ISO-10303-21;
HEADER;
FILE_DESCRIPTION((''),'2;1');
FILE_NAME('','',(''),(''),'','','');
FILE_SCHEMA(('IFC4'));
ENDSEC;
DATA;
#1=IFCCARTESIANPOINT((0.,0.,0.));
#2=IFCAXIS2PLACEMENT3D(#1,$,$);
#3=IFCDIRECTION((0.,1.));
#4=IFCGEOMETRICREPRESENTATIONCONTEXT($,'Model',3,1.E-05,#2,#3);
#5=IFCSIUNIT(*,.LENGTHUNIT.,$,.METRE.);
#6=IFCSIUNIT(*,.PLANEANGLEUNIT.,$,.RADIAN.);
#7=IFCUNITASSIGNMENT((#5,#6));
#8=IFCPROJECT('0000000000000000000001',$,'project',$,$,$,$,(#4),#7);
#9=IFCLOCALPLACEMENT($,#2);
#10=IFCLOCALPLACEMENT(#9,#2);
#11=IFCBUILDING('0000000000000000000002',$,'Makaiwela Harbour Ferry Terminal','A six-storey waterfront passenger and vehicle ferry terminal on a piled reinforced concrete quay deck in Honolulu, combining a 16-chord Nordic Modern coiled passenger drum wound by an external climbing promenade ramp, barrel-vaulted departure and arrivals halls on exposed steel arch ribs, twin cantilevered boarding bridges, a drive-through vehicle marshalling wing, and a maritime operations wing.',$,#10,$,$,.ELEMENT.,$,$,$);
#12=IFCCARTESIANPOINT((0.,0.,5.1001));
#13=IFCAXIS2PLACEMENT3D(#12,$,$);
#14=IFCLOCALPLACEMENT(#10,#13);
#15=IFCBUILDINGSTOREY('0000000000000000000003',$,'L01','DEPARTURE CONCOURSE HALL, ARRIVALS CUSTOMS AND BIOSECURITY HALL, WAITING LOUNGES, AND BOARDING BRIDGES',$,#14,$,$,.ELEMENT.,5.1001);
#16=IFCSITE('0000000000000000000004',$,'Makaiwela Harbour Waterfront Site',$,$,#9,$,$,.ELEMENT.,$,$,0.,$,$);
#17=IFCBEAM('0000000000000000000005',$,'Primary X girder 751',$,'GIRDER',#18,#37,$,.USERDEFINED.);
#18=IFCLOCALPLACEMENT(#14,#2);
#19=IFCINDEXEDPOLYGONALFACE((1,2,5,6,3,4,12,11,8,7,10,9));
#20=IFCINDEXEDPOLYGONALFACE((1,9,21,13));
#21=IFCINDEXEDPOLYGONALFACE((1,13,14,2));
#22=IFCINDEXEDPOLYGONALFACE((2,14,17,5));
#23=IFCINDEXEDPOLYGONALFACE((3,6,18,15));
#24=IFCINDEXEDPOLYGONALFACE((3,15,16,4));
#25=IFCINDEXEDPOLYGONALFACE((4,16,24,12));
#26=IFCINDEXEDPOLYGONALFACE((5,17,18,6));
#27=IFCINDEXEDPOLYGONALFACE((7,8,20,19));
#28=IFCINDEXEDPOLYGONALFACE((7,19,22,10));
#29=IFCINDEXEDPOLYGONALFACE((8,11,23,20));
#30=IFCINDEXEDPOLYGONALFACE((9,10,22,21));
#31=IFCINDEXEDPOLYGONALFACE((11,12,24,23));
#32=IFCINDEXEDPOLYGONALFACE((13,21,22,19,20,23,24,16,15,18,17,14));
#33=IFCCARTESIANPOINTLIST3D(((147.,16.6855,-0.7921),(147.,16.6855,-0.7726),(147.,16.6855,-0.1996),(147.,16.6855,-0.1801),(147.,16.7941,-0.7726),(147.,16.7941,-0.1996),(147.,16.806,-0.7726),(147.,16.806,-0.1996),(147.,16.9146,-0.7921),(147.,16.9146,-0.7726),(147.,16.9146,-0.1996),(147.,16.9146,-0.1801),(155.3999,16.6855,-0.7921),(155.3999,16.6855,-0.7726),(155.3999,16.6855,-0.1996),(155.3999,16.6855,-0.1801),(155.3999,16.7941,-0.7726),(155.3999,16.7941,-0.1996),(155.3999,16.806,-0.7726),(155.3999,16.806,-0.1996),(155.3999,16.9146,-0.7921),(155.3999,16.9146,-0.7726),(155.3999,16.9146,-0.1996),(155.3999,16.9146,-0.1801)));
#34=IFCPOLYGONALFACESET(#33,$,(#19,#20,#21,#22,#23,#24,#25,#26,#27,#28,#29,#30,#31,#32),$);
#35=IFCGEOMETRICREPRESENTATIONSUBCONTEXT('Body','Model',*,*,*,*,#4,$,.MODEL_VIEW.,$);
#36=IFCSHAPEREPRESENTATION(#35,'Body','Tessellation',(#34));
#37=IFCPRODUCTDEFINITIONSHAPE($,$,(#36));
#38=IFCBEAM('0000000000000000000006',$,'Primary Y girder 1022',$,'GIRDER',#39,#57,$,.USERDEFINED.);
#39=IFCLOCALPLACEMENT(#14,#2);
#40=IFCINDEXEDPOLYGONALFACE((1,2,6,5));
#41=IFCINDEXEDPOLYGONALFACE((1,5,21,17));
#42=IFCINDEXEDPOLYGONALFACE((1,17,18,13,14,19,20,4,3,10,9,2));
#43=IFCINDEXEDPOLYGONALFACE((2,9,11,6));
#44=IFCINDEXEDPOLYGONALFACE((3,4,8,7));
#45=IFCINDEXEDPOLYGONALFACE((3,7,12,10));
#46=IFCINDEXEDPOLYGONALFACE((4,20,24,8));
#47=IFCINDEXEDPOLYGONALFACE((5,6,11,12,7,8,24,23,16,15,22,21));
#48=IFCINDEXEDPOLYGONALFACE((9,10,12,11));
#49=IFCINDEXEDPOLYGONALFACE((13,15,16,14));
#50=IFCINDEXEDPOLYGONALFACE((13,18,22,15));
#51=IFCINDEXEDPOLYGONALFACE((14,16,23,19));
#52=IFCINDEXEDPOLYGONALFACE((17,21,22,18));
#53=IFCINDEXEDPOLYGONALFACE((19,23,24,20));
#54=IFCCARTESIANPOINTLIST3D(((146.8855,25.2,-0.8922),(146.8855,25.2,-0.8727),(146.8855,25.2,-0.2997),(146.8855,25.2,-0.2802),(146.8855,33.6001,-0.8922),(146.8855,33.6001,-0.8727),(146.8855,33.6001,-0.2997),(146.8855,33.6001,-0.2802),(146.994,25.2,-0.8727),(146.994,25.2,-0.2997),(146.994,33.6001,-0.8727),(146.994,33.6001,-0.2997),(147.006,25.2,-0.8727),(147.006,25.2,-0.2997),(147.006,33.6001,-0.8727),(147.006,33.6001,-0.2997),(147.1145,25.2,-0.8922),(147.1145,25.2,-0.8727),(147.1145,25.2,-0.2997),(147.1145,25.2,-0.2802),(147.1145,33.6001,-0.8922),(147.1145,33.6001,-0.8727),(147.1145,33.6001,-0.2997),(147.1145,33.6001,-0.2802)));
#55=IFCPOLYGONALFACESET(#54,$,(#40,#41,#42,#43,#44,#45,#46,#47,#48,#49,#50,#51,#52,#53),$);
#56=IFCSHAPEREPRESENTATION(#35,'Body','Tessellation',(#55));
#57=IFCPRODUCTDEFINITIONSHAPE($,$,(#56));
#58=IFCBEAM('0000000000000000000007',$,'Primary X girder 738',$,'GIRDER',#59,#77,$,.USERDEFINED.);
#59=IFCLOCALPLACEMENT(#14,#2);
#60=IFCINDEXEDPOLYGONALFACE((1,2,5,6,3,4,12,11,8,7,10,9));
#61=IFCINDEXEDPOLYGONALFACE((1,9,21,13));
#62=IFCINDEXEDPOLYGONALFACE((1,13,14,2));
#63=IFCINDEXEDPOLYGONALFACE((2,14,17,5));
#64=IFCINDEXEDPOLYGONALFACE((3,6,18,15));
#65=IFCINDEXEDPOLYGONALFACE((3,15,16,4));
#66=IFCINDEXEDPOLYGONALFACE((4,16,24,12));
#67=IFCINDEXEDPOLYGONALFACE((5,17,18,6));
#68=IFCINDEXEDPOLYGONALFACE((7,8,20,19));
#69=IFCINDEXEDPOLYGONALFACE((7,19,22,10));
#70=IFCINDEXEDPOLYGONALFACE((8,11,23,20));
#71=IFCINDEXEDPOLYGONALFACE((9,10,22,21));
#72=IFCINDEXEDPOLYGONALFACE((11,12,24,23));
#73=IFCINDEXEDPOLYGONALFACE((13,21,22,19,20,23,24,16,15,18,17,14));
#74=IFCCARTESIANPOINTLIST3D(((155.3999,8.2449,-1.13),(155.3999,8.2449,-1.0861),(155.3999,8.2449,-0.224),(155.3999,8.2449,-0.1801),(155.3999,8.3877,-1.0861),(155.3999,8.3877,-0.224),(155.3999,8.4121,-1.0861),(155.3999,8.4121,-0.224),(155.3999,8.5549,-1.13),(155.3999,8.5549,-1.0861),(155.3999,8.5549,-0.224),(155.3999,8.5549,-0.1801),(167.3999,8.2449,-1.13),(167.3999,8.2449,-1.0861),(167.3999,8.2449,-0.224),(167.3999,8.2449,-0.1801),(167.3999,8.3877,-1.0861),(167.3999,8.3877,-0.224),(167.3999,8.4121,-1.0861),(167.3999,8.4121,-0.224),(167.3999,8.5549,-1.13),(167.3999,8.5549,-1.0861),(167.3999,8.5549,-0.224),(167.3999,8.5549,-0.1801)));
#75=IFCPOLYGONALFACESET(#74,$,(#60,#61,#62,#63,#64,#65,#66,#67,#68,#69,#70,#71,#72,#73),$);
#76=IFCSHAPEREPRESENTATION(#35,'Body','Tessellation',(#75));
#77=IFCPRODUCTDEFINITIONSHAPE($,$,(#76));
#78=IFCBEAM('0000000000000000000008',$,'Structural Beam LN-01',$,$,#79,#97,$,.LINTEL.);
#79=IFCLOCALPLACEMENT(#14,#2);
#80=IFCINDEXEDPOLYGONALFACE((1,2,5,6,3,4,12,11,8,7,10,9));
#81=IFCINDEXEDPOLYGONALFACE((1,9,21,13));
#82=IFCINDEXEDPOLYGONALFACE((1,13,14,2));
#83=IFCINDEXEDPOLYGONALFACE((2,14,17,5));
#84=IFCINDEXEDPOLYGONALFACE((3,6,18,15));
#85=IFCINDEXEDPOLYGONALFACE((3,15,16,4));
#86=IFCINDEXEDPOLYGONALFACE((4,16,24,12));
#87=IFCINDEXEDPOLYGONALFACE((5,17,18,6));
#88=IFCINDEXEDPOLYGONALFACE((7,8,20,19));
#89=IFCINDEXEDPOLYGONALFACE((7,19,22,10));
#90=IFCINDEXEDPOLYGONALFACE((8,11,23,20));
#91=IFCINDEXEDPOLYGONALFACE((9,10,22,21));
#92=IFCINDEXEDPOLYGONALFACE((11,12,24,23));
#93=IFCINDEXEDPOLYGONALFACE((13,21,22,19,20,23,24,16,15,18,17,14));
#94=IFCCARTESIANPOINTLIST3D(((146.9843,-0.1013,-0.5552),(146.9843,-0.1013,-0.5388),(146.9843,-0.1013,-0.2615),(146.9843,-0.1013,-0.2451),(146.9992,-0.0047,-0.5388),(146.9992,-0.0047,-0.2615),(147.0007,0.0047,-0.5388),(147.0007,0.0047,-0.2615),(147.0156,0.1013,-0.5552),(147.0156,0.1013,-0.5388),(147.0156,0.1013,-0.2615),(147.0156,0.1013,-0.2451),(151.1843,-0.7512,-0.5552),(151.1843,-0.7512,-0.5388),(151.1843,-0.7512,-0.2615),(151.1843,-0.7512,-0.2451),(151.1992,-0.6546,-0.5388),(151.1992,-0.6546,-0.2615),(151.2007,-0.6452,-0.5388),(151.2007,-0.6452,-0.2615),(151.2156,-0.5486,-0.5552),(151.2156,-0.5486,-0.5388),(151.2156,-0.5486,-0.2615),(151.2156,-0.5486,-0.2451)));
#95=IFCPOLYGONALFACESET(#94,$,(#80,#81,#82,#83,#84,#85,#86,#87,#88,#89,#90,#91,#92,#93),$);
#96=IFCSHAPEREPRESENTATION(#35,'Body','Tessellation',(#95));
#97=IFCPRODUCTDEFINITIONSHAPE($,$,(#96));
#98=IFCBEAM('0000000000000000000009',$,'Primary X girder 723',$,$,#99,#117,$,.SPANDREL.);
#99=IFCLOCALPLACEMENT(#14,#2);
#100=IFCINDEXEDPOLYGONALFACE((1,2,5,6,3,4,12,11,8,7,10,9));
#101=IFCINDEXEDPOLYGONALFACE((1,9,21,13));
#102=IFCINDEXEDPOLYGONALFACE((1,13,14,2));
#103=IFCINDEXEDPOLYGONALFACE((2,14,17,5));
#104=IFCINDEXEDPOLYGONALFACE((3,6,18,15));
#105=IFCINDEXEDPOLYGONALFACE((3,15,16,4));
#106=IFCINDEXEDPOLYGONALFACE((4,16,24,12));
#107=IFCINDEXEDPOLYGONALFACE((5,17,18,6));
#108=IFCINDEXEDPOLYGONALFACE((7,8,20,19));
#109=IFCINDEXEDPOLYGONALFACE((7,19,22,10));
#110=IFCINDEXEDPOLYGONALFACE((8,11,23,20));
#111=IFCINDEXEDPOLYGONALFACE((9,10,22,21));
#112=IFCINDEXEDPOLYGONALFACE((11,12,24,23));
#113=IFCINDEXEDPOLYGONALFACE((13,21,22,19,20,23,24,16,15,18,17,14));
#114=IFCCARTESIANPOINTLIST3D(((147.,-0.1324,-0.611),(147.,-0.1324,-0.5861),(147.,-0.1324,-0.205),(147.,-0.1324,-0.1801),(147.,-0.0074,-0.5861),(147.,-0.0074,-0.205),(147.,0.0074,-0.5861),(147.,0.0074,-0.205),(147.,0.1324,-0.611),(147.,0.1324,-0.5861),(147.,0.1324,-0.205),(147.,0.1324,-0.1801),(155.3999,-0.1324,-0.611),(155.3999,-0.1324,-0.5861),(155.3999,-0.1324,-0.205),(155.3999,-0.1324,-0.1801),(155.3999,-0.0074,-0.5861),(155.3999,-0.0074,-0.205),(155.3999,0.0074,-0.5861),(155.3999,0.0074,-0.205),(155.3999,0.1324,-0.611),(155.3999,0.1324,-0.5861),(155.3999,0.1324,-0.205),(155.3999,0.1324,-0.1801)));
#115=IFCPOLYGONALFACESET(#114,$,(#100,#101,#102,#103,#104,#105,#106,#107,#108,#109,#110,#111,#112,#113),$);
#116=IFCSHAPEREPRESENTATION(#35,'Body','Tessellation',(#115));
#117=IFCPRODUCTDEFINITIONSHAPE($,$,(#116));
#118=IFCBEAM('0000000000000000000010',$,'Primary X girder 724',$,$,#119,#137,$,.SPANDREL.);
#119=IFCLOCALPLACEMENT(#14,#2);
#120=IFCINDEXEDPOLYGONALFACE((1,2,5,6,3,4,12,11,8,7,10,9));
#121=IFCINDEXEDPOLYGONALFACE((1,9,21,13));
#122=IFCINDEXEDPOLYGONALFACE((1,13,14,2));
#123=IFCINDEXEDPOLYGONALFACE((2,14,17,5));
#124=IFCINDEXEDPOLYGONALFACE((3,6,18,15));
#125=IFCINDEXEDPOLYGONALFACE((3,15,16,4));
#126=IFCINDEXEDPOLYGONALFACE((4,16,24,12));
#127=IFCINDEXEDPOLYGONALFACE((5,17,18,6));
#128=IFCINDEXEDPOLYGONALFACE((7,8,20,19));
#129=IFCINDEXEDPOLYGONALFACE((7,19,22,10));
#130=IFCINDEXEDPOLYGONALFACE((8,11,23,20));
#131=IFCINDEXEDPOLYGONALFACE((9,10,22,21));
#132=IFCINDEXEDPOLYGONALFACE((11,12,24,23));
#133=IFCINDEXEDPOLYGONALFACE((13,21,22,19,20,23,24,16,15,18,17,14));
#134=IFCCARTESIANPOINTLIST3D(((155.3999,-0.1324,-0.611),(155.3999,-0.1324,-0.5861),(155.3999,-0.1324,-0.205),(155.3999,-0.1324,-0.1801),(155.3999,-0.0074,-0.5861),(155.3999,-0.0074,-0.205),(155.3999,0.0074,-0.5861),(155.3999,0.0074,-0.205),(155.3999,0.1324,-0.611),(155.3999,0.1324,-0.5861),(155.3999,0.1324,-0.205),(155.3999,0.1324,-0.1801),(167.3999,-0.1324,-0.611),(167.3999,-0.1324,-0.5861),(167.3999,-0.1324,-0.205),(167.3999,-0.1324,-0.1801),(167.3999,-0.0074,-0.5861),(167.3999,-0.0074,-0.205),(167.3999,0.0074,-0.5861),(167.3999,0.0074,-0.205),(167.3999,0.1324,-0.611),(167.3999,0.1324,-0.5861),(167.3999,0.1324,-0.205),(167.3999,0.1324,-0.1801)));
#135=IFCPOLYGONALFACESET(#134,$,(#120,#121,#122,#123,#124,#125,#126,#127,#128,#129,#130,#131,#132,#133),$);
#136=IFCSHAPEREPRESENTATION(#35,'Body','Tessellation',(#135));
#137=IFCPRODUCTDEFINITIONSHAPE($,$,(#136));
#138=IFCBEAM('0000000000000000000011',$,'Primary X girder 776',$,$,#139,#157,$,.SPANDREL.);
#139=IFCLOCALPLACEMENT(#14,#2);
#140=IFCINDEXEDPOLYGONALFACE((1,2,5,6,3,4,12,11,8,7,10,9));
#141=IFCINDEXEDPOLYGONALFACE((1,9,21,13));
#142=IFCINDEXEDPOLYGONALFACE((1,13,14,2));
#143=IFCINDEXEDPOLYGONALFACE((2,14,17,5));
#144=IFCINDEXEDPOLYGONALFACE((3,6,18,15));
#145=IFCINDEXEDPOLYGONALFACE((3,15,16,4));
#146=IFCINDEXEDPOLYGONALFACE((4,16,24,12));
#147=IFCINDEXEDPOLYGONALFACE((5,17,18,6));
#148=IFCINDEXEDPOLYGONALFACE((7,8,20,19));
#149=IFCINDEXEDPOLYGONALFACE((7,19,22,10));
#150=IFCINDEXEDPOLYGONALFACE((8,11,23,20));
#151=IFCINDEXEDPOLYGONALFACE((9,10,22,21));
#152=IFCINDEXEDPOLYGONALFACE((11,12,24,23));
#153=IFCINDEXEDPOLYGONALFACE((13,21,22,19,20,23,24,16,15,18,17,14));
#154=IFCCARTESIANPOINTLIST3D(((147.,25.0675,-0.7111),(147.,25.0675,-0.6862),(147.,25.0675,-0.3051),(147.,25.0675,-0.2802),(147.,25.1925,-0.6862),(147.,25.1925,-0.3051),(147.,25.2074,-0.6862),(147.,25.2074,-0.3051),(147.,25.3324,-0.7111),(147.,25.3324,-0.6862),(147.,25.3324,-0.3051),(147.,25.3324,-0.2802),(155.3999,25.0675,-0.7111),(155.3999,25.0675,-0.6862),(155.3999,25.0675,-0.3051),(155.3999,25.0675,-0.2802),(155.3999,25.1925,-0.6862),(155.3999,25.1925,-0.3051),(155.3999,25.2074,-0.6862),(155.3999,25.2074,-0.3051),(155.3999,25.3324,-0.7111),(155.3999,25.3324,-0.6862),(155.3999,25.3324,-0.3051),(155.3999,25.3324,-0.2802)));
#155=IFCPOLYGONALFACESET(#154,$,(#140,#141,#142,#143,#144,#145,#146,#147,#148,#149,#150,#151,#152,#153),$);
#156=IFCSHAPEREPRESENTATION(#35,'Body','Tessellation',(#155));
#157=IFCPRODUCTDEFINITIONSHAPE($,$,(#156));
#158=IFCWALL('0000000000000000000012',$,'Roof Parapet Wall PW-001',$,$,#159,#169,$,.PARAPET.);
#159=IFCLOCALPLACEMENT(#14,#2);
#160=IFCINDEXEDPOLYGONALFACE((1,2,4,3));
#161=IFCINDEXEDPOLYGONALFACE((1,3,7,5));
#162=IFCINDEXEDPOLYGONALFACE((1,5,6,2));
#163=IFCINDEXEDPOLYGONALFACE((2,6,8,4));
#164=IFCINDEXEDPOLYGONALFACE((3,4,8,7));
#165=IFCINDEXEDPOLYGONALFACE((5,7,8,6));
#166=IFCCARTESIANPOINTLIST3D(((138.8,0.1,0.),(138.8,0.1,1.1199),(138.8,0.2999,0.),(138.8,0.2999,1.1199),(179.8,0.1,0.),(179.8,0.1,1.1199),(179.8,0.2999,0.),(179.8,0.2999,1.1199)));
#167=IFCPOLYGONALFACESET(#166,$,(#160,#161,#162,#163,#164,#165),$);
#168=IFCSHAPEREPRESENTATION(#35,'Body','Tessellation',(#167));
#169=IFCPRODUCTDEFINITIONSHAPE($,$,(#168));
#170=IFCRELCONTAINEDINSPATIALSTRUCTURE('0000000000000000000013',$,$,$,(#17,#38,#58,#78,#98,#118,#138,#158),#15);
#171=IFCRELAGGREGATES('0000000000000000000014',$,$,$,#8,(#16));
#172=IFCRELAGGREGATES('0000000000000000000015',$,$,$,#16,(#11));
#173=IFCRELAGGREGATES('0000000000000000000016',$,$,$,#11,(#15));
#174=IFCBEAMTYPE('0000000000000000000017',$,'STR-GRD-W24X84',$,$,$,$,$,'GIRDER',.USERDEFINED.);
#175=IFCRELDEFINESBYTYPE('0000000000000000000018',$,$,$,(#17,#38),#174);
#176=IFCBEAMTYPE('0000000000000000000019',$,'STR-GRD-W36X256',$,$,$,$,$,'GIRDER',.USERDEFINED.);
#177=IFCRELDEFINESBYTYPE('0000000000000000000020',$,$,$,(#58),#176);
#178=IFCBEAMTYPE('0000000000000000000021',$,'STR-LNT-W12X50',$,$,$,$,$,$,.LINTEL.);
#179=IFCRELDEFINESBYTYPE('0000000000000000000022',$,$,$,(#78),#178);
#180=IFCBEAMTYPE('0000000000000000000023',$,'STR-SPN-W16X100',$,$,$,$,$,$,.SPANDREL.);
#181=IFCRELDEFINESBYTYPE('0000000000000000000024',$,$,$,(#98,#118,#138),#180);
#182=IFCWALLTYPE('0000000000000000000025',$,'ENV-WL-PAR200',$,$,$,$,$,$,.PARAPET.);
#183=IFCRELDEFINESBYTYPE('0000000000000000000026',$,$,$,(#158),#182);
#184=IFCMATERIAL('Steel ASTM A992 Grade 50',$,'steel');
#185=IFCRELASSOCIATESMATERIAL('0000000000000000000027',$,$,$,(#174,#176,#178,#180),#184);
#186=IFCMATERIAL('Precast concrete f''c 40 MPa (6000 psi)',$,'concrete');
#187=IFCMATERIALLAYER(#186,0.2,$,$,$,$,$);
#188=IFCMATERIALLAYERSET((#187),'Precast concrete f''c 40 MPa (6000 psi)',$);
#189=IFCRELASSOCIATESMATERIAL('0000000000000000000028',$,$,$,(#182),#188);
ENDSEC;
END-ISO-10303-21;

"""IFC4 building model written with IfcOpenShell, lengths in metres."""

from ifc_helpers import new_model, si_unit, direction, frame, frame_2d, origin, origin_2d, place, context, subcontext, project, spatial, rectangle, i_section, extrude, material, layer, layer_set, material_profile, profile_set, type_object, element, save


model = new_model("IFC4")

# Units and contexts
model_context = context("Model", 3, precision=1e-05, world=origin(), true_north=direction((0.0, 1.0)))
body_context = subcontext(model_context, "Body", "Model", "MODEL_VIEW")
ifc_project = project(units=[si_unit("LENGTHUNIT", "METRE"), si_unit("PLANEANGLEUNIT", "RADIAN")], contexts=[model_context])

# Site, building, storey
site_placement = place(None, origin())
site = spatial("IfcSite", under=ifc_project, at=site_placement, Name="Makaiwela Harbour Waterfront Site", CompositionType="ELEMENT", RefElevation=0.0)
building_placement = place(site_placement, origin())
building = spatial("IfcBuilding", under=site, at=building_placement, Name="Makaiwela Harbour Ferry Terminal", Description="A six-storey waterfront passenger and vehicle ferry terminal on a piled reinforced concrete quay deck in Honolulu, combining a 16-chord Nordic Modern coiled passenger drum wound by an external climbing promenade ramp, barrel-vaulted departure and arrivals halls on exposed steel arch ribs, twin cantilevered boarding bridges, a drive-through vehicle marshalling wing, and a maritime operations wing.", CompositionType="ELEMENT")
storey_placement = place(building_placement, frame((0.0, 0.0, 5.1001)))
storey = spatial("IfcBuildingStorey", under=building, at=storey_placement, Name="L01", Description="DEPARTURE CONCOURSE HALL, ARRIVALS CUSTOMS AND BIOSECURITY HALL, WAITING LOUNGES, AND BOARDING BRIDGES", CompositionType="ELEMENT", Elevation=5.1001)

# Shared definitions
ifc_material_1 = material(Name="Steel ASTM A992 Grade 50", Category="steel")

# Beams
ifc_material_profile_1 = material_profile(ifc_material_1, i_section(OverallWidth=0.229, OverallDepth=0.6121, WebThickness=0.012, FlangeThickness=0.0195, at=origin_2d()), Name="W24X84")
ifc_profile_set_1 = profile_set([ifc_material_profile_1], Name="Steel ASTM A992 Grade 50")
beam_type_1 = type_object("IfcBeamType", Name="STR-GRD-W24X84", ElementType="GIRDER", PredefinedType="USERDEFINED", material=ifc_profile_set_1)
for number, where, z_axis, x_axis, name in (
    (1, (147.0, 16.8, -0.4861), (1.0, 0.0, 0.0), (0.0, 1.0, 0.0), "Primary X girder 751"),
):
    element("IfcBeam", number, at=place(storey_placement, frame(where, z_axis=z_axis, x_axis=x_axis)), inside=storey, type_object=beam_type_1, Name=name, ObjectType="GIRDER", PredefinedType="USERDEFINED", context=body_context, shape_type="SweptSolid", body=[
        extrude(i_section(OverallWidth=0.229, OverallDepth=0.6121, WebThickness=0.012, FlangeThickness=0.0195, at=origin_2d()), origin(), (0.0, 0.0, 1.0), 8.3999),
    ])
beam_1_placement = place(storey_placement, frame((147.0, 25.2, -0.5862), z_axis=(0.0, 1.0, 0.0), x_axis=(-1.0, 0.0, 0.0)))
element("IfcBeam", 2, at=beam_1_placement, inside=storey, type_object=beam_type_1, Name="Primary Y girder 1022", ObjectType="GIRDER", PredefinedType="USERDEFINED", context=body_context, shape_type="SweptSolid", body=[
    extrude(i_section(OverallWidth=0.229, OverallDepth=0.6121, WebThickness=0.012, FlangeThickness=0.0195, at=origin_2d()), origin(), (0.0, 0.0, 1.0), 8.4001),
])
ifc_material_profile_2 = material_profile(ifc_material_1, i_section(OverallWidth=0.3101, OverallDepth=0.95, WebThickness=0.0244, FlangeThickness=0.0439, at=origin_2d()), Name="W36X256")
ifc_profile_set_2 = profile_set([ifc_material_profile_2], Name="Steel ASTM A992 Grade 50")
beam_type_2 = type_object("IfcBeamType", Name="STR-GRD-W36X256", ElementType="GIRDER", PredefinedType="USERDEFINED", material=ifc_profile_set_2)
beam_2_placement = place(storey_placement, frame((155.3999, 8.3999, -0.655), z_axis=(1.0, 0.0, 0.0), x_axis=(0.0, 1.0, 0.0)))
element("IfcBeam", 3, at=beam_2_placement, inside=storey, type_object=beam_type_2, Name="Primary X girder 738", ObjectType="GIRDER", PredefinedType="USERDEFINED", context=body_context, shape_type="SweptSolid", body=[
    extrude(i_section(OverallWidth=0.3101, OverallDepth=0.95, WebThickness=0.0244, FlangeThickness=0.0439, at=origin_2d()), origin(), (0.0, 0.0, 1.0), 12.0),
])
ifc_material_profile_3 = material_profile(ifc_material_1, i_section(OverallWidth=0.2051, OverallDepth=0.3101, WebThickness=0.0095, FlangeThickness=0.0164, at=origin_2d()), Name="W12X50")
ifc_profile_set_3 = profile_set([ifc_material_profile_3], Name="Steel ASTM A992 Grade 50")
beam_type_3 = type_object("IfcBeamType", Name="STR-LNT-W12X50", PredefinedType="LINTEL", material=ifc_profile_set_3)
beam_3_placement = place(storey_placement, frame((151.2, -0.6499, -0.4001), z_axis=(-0.988238, 0.15292, 0.0), x_axis=(-0.15292, -0.988238, 0.0)))
element("IfcBeam", 4, at=beam_3_placement, inside=storey, type_object=beam_type_3, Name="Structural Beam LN-01", PredefinedType="LINTEL", context=body_context, shape_type="SweptSolid", body=[
    extrude(i_section(OverallWidth=0.2051, OverallDepth=0.3101, WebThickness=0.0095, FlangeThickness=0.0164, at=origin_2d()), origin(), (0.0, 0.0, 1.0), 4.25),
])
ifc_material_profile_4 = material_profile(ifc_material_1, i_section(OverallWidth=0.2649, OverallDepth=0.4309, WebThickness=0.0149, FlangeThickness=0.0249, at=origin_2d()), Name="W16X100")
ifc_profile_set_4 = profile_set([ifc_material_profile_4], Name="Steel ASTM A992 Grade 50")
beam_type_4 = type_object("IfcBeamType", Name="STR-SPN-W16X100", PredefinedType="SPANDREL", material=ifc_profile_set_4)
beam_4_placement = place(storey_placement, frame((147.0, 0.0, -0.3955), z_axis=(1.0, 0.0, 0.0), x_axis=(0.0, 1.0, 0.0)))
element("IfcBeam", 5, at=beam_4_placement, inside=storey, type_object=beam_type_4, Name="Primary X girder 723", PredefinedType="SPANDREL", context=body_context, shape_type="SweptSolid", body=[
    extrude(i_section(OverallWidth=0.2649, OverallDepth=0.4309, WebThickness=0.0149, FlangeThickness=0.0249, at=origin_2d()), origin(), (0.0, 0.0, 1.0), 8.3999),
])
beam_5_placement = place(storey_placement, frame((155.3999, 0.0, -0.3955), z_axis=(1.0, 0.0, 0.0), x_axis=(0.0, 1.0, 0.0)))
element("IfcBeam", 6, at=beam_5_placement, inside=storey, type_object=beam_type_4, Name="Primary X girder 724", PredefinedType="SPANDREL", context=body_context, shape_type="SweptSolid", body=[
    extrude(i_section(OverallWidth=0.2649, OverallDepth=0.4309, WebThickness=0.0149, FlangeThickness=0.0249, at=origin_2d()), origin(), (0.0, 0.0, 1.0), 12.0),
])
beam_6_placement = place(storey_placement, frame((147.0, 25.2, -0.4956), z_axis=(1.0, 0.0, 0.0), x_axis=(0.0, 1.0, 0.0)))
element("IfcBeam", 7, at=beam_6_placement, inside=storey, type_object=beam_type_4, Name="Primary X girder 776", PredefinedType="SPANDREL", context=body_context, shape_type="SweptSolid", body=[
    extrude(i_section(OverallWidth=0.2649, OverallDepth=0.4309, WebThickness=0.0149, FlangeThickness=0.0249, at=origin_2d()), origin(), (0.0, 0.0, 1.0), 8.3999),
])

# Wall
ifc_material_2 = material(Name="Precast concrete f'c 40 MPa (6000 psi)", Category="concrete")
ifc_layer = layer(ifc_material_2, 0.2)
ifc_layer_set = layer_set([ifc_layer], Name="Precast concrete f'c 40 MPa (6000 psi)")
wall_type = type_object("IfcWallType", Name="ENV-WL-PAR200", PredefinedType="PARAPET", material=ifc_layer_set)
wall_placement = place(storey_placement, frame((138.8, 0.2, 0.0), z_axis=(0.0, 0.0, 1.0), x_axis=(1.0, 0.0, 0.0)))
element("IfcWall", 8, at=wall_placement, inside=storey, type_object=wall_type, Name="Roof Parapet Wall PW-001", PredefinedType="PARAPET", context=body_context, shape_type="SweptSolid", body=[
    extrude(rectangle(XDim=41.0, YDim=0.2, at=frame_2d((20.5, 0.0))), origin(), (0.0, 0.0, 1.0), 1.1199),
])

save(model, "model.ifc")
